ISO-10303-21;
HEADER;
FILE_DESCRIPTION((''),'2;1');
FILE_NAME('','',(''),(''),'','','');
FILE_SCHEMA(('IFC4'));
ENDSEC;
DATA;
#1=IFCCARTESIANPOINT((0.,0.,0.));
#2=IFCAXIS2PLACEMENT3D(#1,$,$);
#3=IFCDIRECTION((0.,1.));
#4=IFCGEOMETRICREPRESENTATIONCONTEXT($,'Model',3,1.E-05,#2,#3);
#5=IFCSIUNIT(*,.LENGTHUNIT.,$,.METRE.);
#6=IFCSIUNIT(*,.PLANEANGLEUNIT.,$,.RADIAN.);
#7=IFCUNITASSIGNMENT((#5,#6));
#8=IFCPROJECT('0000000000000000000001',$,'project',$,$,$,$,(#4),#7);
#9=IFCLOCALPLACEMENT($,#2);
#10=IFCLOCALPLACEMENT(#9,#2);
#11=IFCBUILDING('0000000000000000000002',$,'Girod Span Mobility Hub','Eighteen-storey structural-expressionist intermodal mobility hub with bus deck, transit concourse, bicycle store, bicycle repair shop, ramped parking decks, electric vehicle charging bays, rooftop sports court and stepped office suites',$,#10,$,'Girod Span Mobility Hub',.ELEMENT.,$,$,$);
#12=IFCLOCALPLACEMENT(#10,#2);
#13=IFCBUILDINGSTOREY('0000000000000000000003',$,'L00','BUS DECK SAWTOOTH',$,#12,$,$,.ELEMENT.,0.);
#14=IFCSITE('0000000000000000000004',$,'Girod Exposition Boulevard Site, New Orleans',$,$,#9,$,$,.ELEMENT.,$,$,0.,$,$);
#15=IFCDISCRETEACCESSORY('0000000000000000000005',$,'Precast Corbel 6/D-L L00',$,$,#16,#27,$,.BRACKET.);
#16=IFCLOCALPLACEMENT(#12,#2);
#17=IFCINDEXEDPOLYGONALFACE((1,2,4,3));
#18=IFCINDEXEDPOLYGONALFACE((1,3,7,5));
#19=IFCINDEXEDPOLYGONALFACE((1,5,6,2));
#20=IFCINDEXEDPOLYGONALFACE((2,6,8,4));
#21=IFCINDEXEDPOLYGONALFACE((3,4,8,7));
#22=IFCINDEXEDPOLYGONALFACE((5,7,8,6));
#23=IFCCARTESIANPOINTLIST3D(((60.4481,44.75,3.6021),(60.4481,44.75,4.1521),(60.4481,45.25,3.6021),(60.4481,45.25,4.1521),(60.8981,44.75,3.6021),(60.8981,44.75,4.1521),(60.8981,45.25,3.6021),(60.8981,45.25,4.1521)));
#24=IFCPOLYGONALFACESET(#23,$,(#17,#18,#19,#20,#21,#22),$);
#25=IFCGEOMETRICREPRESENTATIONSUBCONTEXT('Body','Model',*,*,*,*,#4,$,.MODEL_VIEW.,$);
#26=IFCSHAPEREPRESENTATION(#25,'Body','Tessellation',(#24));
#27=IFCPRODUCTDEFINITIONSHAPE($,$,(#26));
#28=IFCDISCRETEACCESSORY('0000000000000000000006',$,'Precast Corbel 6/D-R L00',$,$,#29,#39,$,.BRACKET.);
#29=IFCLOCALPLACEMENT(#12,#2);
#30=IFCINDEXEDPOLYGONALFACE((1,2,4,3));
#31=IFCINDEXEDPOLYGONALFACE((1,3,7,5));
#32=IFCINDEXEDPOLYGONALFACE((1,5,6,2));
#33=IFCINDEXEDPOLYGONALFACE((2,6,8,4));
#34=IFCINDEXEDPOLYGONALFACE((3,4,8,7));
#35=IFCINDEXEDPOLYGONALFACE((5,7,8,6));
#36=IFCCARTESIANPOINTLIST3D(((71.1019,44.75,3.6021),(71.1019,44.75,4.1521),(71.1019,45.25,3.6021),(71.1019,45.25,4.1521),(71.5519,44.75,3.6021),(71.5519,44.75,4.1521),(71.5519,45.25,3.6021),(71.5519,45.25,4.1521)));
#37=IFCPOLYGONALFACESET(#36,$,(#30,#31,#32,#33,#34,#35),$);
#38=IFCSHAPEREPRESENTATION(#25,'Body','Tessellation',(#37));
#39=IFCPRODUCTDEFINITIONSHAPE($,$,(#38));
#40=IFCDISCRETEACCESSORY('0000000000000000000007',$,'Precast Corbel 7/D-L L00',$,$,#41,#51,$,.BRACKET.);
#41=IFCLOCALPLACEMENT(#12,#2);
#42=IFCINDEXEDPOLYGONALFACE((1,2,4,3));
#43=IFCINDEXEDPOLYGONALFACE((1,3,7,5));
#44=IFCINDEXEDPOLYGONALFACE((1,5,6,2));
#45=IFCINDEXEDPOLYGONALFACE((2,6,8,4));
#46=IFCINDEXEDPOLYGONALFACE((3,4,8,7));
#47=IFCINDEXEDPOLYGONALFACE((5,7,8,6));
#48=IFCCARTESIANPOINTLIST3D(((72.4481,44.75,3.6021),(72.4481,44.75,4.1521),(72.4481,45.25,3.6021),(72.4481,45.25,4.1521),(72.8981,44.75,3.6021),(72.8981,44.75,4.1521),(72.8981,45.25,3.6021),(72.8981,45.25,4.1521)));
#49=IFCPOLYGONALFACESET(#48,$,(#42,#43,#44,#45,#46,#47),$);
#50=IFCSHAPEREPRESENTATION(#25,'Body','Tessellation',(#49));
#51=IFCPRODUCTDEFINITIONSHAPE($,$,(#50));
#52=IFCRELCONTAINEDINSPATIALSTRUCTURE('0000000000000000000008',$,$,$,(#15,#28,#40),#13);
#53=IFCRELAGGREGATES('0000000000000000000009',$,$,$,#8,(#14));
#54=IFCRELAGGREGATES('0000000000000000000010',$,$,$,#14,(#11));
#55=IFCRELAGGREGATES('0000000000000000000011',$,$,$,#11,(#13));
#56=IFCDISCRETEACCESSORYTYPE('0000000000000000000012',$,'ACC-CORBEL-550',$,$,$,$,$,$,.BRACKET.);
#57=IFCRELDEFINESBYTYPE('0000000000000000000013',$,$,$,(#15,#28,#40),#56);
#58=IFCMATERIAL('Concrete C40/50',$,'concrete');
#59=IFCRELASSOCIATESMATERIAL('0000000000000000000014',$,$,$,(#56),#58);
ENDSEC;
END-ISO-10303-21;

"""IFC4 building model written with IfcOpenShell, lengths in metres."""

from ifc_helpers import new_model, si_unit, direction, frame, origin, origin_2d, place, context, subcontext, project, spatial, rectangle, extrude, material, type_object, element, save


model = new_model("IFC4")

# Units and contexts
model_context = context("Model", 3, precision=1e-05, world=origin(), true_north=direction((0.0, 1.0)))
body_context = subcontext(model_context, "Body", "Model", "MODEL_VIEW")
ifc_project = project(units=[si_unit("LENGTHUNIT", "METRE"), si_unit("PLANEANGLEUNIT", "RADIAN")], contexts=[model_context])

# Site, building, storey
site_placement = place(None, origin())
site = spatial("IfcSite", under=ifc_project, at=site_placement, Name="Girod Exposition Boulevard Site, New Orleans", CompositionType="ELEMENT", RefElevation=0.0)
building_placement = place(site_placement, origin())
building = spatial("IfcBuilding", under=site, at=building_placement, Name="Girod Span Mobility Hub", Description="Eighteen-storey structural-expressionist intermodal mobility hub with bus deck, transit concourse, bicycle store, bicycle repair shop, ramped parking decks, electric vehicle charging bays, rooftop sports court and stepped office suites", LongName="Girod Span Mobility Hub", CompositionType="ELEMENT")
storey_placement = place(building_placement, origin())
storey = spatial("IfcBuildingStorey", under=building, at=storey_placement, Name="L00", Description="BUS DECK SAWTOOTH", CompositionType="ELEMENT", Elevation=0.0)

# Discrete accessories
ifc_material_1 = material(Name="Concrete C40/50", Category="concrete")
discrete_accessory_type = type_object("IfcDiscreteAccessoryType", Name="ACC-CORBEL-550", PredefinedType="BRACKET", material=ifc_material_1)
for number, where, z_axis, x_axis, name in (
    (1, (60.6731, 45.0, 3.6021), (0.0, 0.0, 1.0), (1.0, 0.0, 0.0), "Precast Corbel 6/D-L L00"),
    (2, (71.3269, 45.0, 3.6021), (0.0, 0.0, 1.0), (1.0, 0.0, 0.0), "Precast Corbel 6/D-R L00"),
    (3, (72.6731, 45.0, 3.6021), (0.0, 0.0, 1.0), (1.0, 0.0, 0.0), "Precast Corbel 7/D-L L00"),
):
    element("IfcDiscreteAccessory", number, at=place(storey_placement, frame(where, z_axis=z_axis, x_axis=x_axis)), inside=storey, type_object=discrete_accessory_type, Name=name, PredefinedType="BRACKET", context=body_context, shape_type="SweptSolid", body=[
        extrude(rectangle(XDim=0.45, YDim=0.5, at=origin_2d()), origin(), (0.0, 0.0, 1.0), 0.55),
    ])

save(model, "model.ifc")
